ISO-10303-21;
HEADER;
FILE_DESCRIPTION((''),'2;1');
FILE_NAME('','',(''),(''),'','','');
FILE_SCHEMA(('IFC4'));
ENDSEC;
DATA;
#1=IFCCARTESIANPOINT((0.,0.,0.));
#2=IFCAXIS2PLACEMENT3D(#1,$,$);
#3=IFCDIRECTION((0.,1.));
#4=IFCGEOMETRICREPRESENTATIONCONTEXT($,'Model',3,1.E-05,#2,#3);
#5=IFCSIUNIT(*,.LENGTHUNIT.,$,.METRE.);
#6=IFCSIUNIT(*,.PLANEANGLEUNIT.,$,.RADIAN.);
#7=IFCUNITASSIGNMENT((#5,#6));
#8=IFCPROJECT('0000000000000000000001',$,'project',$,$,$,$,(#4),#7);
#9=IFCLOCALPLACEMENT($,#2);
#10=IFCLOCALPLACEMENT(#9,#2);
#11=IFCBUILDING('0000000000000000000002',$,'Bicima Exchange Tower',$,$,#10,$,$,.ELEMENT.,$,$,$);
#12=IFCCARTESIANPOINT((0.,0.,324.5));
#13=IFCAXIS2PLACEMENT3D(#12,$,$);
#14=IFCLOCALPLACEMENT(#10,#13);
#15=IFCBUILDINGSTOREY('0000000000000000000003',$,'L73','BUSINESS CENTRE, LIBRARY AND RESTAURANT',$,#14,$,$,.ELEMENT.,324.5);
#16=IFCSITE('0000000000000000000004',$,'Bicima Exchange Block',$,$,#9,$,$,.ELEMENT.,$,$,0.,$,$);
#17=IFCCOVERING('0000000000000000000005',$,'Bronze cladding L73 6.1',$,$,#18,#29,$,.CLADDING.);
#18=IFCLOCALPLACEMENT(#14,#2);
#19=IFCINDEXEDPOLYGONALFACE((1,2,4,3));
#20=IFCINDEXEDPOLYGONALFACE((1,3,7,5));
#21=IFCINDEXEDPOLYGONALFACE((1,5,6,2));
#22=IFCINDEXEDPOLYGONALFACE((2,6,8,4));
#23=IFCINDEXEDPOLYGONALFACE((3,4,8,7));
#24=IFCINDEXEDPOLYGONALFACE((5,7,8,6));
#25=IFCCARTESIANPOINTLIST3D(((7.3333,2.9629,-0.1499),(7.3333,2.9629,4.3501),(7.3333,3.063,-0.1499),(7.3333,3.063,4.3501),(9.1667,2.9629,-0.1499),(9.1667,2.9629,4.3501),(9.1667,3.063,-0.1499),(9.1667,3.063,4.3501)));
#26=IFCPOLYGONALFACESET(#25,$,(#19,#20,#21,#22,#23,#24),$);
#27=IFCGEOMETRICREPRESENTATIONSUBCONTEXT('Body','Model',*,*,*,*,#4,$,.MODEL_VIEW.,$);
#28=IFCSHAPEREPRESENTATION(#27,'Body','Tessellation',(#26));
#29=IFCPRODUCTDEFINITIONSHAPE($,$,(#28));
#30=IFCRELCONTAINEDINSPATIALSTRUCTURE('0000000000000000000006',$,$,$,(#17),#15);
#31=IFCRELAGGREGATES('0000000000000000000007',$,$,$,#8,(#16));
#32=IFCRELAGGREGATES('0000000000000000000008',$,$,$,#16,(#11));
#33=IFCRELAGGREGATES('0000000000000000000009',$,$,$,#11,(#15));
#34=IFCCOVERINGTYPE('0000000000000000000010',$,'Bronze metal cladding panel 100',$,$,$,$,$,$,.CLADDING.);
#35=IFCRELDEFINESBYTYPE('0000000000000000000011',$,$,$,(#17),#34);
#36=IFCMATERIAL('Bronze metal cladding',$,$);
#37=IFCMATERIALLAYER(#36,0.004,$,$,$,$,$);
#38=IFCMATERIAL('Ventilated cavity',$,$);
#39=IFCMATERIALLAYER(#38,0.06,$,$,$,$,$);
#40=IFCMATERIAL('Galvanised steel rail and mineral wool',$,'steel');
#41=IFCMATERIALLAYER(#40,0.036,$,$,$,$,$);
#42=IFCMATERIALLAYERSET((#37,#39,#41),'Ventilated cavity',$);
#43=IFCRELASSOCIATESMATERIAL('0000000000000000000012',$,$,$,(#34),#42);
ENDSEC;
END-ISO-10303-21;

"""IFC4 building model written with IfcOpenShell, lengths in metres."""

from ifc_helpers import new_model, si_unit, direction, frame, origin, origin_2d, place, context, subcontext, project, spatial, rectangle, extrude, material, layer, layer_set, type_object, element, save


model = new_model("IFC4")

# Units and contexts
model_context = context("Model", 3, precision=1e-05, world=origin(), true_north=direction((0.0, 1.0)))
body_context = subcontext(model_context, "Body", "Model", "MODEL_VIEW")
ifc_project = project(units=[si_unit("LENGTHUNIT", "METRE"), si_unit("PLANEANGLEUNIT", "RADIAN")], contexts=[model_context])

# Site, building, storey
site_placement = place(None, origin())
site = spatial("IfcSite", under=ifc_project, at=site_placement, Name="Bicima Exchange Block", CompositionType="ELEMENT", RefElevation=0.0)
building_placement = place(site_placement, origin())
building = spatial("IfcBuilding", under=site, at=building_placement, Name="Bicima Exchange Tower", CompositionType="ELEMENT")
storey_placement = place(building_placement, frame((0.0, 0.0, 324.5)))
storey = spatial("IfcBuildingStorey", under=building, at=storey_placement, Name="L73", Description="BUSINESS CENTRE, LIBRARY AND RESTAURANT", CompositionType="ELEMENT", Elevation=324.5)

# Covering
ifc_material_1 = material(Name="Bronze metal cladding")
ifc_layer_1 = layer(ifc_material_1, 0.004)
ifc_material_2 = material(Name="Ventilated cavity")
ifc_layer_2 = layer(ifc_material_2, 0.06)
ifc_material_3 = material(Name="Galvanised steel rail and mineral wool", Category="steel")
ifc_layer_3 = layer(ifc_material_3, 0.036)
ifc_layer_set_1 = layer_set([ifc_layer_1, ifc_layer_2, ifc_layer_3], Name="Ventilated cavity")
covering_type = type_object("IfcCoveringType", Name="Bronze metal cladding panel 100", PredefinedType="CLADDING", material=ifc_layer_set_1)
covering_1_placement = place(storey_placement, frame((8.25, 3.0129, -0.1499), z_axis=(0.0, 0.0, 1.0), x_axis=(-1.0, 0.0, 0.0)))
element("IfcCovering", 1, at=covering_1_placement, inside=storey, type_object=covering_type, Name="Bronze cladding L73 6.1", PredefinedType="CLADDING", context=body_context, shape_type="SweptSolid", body=[
    extrude(rectangle(XDim=1.8335, YDim=0.1001, at=origin_2d()), origin(), (0.0, 0.0, 1.0), 4.5),
])

save(model, "model.ifc")
